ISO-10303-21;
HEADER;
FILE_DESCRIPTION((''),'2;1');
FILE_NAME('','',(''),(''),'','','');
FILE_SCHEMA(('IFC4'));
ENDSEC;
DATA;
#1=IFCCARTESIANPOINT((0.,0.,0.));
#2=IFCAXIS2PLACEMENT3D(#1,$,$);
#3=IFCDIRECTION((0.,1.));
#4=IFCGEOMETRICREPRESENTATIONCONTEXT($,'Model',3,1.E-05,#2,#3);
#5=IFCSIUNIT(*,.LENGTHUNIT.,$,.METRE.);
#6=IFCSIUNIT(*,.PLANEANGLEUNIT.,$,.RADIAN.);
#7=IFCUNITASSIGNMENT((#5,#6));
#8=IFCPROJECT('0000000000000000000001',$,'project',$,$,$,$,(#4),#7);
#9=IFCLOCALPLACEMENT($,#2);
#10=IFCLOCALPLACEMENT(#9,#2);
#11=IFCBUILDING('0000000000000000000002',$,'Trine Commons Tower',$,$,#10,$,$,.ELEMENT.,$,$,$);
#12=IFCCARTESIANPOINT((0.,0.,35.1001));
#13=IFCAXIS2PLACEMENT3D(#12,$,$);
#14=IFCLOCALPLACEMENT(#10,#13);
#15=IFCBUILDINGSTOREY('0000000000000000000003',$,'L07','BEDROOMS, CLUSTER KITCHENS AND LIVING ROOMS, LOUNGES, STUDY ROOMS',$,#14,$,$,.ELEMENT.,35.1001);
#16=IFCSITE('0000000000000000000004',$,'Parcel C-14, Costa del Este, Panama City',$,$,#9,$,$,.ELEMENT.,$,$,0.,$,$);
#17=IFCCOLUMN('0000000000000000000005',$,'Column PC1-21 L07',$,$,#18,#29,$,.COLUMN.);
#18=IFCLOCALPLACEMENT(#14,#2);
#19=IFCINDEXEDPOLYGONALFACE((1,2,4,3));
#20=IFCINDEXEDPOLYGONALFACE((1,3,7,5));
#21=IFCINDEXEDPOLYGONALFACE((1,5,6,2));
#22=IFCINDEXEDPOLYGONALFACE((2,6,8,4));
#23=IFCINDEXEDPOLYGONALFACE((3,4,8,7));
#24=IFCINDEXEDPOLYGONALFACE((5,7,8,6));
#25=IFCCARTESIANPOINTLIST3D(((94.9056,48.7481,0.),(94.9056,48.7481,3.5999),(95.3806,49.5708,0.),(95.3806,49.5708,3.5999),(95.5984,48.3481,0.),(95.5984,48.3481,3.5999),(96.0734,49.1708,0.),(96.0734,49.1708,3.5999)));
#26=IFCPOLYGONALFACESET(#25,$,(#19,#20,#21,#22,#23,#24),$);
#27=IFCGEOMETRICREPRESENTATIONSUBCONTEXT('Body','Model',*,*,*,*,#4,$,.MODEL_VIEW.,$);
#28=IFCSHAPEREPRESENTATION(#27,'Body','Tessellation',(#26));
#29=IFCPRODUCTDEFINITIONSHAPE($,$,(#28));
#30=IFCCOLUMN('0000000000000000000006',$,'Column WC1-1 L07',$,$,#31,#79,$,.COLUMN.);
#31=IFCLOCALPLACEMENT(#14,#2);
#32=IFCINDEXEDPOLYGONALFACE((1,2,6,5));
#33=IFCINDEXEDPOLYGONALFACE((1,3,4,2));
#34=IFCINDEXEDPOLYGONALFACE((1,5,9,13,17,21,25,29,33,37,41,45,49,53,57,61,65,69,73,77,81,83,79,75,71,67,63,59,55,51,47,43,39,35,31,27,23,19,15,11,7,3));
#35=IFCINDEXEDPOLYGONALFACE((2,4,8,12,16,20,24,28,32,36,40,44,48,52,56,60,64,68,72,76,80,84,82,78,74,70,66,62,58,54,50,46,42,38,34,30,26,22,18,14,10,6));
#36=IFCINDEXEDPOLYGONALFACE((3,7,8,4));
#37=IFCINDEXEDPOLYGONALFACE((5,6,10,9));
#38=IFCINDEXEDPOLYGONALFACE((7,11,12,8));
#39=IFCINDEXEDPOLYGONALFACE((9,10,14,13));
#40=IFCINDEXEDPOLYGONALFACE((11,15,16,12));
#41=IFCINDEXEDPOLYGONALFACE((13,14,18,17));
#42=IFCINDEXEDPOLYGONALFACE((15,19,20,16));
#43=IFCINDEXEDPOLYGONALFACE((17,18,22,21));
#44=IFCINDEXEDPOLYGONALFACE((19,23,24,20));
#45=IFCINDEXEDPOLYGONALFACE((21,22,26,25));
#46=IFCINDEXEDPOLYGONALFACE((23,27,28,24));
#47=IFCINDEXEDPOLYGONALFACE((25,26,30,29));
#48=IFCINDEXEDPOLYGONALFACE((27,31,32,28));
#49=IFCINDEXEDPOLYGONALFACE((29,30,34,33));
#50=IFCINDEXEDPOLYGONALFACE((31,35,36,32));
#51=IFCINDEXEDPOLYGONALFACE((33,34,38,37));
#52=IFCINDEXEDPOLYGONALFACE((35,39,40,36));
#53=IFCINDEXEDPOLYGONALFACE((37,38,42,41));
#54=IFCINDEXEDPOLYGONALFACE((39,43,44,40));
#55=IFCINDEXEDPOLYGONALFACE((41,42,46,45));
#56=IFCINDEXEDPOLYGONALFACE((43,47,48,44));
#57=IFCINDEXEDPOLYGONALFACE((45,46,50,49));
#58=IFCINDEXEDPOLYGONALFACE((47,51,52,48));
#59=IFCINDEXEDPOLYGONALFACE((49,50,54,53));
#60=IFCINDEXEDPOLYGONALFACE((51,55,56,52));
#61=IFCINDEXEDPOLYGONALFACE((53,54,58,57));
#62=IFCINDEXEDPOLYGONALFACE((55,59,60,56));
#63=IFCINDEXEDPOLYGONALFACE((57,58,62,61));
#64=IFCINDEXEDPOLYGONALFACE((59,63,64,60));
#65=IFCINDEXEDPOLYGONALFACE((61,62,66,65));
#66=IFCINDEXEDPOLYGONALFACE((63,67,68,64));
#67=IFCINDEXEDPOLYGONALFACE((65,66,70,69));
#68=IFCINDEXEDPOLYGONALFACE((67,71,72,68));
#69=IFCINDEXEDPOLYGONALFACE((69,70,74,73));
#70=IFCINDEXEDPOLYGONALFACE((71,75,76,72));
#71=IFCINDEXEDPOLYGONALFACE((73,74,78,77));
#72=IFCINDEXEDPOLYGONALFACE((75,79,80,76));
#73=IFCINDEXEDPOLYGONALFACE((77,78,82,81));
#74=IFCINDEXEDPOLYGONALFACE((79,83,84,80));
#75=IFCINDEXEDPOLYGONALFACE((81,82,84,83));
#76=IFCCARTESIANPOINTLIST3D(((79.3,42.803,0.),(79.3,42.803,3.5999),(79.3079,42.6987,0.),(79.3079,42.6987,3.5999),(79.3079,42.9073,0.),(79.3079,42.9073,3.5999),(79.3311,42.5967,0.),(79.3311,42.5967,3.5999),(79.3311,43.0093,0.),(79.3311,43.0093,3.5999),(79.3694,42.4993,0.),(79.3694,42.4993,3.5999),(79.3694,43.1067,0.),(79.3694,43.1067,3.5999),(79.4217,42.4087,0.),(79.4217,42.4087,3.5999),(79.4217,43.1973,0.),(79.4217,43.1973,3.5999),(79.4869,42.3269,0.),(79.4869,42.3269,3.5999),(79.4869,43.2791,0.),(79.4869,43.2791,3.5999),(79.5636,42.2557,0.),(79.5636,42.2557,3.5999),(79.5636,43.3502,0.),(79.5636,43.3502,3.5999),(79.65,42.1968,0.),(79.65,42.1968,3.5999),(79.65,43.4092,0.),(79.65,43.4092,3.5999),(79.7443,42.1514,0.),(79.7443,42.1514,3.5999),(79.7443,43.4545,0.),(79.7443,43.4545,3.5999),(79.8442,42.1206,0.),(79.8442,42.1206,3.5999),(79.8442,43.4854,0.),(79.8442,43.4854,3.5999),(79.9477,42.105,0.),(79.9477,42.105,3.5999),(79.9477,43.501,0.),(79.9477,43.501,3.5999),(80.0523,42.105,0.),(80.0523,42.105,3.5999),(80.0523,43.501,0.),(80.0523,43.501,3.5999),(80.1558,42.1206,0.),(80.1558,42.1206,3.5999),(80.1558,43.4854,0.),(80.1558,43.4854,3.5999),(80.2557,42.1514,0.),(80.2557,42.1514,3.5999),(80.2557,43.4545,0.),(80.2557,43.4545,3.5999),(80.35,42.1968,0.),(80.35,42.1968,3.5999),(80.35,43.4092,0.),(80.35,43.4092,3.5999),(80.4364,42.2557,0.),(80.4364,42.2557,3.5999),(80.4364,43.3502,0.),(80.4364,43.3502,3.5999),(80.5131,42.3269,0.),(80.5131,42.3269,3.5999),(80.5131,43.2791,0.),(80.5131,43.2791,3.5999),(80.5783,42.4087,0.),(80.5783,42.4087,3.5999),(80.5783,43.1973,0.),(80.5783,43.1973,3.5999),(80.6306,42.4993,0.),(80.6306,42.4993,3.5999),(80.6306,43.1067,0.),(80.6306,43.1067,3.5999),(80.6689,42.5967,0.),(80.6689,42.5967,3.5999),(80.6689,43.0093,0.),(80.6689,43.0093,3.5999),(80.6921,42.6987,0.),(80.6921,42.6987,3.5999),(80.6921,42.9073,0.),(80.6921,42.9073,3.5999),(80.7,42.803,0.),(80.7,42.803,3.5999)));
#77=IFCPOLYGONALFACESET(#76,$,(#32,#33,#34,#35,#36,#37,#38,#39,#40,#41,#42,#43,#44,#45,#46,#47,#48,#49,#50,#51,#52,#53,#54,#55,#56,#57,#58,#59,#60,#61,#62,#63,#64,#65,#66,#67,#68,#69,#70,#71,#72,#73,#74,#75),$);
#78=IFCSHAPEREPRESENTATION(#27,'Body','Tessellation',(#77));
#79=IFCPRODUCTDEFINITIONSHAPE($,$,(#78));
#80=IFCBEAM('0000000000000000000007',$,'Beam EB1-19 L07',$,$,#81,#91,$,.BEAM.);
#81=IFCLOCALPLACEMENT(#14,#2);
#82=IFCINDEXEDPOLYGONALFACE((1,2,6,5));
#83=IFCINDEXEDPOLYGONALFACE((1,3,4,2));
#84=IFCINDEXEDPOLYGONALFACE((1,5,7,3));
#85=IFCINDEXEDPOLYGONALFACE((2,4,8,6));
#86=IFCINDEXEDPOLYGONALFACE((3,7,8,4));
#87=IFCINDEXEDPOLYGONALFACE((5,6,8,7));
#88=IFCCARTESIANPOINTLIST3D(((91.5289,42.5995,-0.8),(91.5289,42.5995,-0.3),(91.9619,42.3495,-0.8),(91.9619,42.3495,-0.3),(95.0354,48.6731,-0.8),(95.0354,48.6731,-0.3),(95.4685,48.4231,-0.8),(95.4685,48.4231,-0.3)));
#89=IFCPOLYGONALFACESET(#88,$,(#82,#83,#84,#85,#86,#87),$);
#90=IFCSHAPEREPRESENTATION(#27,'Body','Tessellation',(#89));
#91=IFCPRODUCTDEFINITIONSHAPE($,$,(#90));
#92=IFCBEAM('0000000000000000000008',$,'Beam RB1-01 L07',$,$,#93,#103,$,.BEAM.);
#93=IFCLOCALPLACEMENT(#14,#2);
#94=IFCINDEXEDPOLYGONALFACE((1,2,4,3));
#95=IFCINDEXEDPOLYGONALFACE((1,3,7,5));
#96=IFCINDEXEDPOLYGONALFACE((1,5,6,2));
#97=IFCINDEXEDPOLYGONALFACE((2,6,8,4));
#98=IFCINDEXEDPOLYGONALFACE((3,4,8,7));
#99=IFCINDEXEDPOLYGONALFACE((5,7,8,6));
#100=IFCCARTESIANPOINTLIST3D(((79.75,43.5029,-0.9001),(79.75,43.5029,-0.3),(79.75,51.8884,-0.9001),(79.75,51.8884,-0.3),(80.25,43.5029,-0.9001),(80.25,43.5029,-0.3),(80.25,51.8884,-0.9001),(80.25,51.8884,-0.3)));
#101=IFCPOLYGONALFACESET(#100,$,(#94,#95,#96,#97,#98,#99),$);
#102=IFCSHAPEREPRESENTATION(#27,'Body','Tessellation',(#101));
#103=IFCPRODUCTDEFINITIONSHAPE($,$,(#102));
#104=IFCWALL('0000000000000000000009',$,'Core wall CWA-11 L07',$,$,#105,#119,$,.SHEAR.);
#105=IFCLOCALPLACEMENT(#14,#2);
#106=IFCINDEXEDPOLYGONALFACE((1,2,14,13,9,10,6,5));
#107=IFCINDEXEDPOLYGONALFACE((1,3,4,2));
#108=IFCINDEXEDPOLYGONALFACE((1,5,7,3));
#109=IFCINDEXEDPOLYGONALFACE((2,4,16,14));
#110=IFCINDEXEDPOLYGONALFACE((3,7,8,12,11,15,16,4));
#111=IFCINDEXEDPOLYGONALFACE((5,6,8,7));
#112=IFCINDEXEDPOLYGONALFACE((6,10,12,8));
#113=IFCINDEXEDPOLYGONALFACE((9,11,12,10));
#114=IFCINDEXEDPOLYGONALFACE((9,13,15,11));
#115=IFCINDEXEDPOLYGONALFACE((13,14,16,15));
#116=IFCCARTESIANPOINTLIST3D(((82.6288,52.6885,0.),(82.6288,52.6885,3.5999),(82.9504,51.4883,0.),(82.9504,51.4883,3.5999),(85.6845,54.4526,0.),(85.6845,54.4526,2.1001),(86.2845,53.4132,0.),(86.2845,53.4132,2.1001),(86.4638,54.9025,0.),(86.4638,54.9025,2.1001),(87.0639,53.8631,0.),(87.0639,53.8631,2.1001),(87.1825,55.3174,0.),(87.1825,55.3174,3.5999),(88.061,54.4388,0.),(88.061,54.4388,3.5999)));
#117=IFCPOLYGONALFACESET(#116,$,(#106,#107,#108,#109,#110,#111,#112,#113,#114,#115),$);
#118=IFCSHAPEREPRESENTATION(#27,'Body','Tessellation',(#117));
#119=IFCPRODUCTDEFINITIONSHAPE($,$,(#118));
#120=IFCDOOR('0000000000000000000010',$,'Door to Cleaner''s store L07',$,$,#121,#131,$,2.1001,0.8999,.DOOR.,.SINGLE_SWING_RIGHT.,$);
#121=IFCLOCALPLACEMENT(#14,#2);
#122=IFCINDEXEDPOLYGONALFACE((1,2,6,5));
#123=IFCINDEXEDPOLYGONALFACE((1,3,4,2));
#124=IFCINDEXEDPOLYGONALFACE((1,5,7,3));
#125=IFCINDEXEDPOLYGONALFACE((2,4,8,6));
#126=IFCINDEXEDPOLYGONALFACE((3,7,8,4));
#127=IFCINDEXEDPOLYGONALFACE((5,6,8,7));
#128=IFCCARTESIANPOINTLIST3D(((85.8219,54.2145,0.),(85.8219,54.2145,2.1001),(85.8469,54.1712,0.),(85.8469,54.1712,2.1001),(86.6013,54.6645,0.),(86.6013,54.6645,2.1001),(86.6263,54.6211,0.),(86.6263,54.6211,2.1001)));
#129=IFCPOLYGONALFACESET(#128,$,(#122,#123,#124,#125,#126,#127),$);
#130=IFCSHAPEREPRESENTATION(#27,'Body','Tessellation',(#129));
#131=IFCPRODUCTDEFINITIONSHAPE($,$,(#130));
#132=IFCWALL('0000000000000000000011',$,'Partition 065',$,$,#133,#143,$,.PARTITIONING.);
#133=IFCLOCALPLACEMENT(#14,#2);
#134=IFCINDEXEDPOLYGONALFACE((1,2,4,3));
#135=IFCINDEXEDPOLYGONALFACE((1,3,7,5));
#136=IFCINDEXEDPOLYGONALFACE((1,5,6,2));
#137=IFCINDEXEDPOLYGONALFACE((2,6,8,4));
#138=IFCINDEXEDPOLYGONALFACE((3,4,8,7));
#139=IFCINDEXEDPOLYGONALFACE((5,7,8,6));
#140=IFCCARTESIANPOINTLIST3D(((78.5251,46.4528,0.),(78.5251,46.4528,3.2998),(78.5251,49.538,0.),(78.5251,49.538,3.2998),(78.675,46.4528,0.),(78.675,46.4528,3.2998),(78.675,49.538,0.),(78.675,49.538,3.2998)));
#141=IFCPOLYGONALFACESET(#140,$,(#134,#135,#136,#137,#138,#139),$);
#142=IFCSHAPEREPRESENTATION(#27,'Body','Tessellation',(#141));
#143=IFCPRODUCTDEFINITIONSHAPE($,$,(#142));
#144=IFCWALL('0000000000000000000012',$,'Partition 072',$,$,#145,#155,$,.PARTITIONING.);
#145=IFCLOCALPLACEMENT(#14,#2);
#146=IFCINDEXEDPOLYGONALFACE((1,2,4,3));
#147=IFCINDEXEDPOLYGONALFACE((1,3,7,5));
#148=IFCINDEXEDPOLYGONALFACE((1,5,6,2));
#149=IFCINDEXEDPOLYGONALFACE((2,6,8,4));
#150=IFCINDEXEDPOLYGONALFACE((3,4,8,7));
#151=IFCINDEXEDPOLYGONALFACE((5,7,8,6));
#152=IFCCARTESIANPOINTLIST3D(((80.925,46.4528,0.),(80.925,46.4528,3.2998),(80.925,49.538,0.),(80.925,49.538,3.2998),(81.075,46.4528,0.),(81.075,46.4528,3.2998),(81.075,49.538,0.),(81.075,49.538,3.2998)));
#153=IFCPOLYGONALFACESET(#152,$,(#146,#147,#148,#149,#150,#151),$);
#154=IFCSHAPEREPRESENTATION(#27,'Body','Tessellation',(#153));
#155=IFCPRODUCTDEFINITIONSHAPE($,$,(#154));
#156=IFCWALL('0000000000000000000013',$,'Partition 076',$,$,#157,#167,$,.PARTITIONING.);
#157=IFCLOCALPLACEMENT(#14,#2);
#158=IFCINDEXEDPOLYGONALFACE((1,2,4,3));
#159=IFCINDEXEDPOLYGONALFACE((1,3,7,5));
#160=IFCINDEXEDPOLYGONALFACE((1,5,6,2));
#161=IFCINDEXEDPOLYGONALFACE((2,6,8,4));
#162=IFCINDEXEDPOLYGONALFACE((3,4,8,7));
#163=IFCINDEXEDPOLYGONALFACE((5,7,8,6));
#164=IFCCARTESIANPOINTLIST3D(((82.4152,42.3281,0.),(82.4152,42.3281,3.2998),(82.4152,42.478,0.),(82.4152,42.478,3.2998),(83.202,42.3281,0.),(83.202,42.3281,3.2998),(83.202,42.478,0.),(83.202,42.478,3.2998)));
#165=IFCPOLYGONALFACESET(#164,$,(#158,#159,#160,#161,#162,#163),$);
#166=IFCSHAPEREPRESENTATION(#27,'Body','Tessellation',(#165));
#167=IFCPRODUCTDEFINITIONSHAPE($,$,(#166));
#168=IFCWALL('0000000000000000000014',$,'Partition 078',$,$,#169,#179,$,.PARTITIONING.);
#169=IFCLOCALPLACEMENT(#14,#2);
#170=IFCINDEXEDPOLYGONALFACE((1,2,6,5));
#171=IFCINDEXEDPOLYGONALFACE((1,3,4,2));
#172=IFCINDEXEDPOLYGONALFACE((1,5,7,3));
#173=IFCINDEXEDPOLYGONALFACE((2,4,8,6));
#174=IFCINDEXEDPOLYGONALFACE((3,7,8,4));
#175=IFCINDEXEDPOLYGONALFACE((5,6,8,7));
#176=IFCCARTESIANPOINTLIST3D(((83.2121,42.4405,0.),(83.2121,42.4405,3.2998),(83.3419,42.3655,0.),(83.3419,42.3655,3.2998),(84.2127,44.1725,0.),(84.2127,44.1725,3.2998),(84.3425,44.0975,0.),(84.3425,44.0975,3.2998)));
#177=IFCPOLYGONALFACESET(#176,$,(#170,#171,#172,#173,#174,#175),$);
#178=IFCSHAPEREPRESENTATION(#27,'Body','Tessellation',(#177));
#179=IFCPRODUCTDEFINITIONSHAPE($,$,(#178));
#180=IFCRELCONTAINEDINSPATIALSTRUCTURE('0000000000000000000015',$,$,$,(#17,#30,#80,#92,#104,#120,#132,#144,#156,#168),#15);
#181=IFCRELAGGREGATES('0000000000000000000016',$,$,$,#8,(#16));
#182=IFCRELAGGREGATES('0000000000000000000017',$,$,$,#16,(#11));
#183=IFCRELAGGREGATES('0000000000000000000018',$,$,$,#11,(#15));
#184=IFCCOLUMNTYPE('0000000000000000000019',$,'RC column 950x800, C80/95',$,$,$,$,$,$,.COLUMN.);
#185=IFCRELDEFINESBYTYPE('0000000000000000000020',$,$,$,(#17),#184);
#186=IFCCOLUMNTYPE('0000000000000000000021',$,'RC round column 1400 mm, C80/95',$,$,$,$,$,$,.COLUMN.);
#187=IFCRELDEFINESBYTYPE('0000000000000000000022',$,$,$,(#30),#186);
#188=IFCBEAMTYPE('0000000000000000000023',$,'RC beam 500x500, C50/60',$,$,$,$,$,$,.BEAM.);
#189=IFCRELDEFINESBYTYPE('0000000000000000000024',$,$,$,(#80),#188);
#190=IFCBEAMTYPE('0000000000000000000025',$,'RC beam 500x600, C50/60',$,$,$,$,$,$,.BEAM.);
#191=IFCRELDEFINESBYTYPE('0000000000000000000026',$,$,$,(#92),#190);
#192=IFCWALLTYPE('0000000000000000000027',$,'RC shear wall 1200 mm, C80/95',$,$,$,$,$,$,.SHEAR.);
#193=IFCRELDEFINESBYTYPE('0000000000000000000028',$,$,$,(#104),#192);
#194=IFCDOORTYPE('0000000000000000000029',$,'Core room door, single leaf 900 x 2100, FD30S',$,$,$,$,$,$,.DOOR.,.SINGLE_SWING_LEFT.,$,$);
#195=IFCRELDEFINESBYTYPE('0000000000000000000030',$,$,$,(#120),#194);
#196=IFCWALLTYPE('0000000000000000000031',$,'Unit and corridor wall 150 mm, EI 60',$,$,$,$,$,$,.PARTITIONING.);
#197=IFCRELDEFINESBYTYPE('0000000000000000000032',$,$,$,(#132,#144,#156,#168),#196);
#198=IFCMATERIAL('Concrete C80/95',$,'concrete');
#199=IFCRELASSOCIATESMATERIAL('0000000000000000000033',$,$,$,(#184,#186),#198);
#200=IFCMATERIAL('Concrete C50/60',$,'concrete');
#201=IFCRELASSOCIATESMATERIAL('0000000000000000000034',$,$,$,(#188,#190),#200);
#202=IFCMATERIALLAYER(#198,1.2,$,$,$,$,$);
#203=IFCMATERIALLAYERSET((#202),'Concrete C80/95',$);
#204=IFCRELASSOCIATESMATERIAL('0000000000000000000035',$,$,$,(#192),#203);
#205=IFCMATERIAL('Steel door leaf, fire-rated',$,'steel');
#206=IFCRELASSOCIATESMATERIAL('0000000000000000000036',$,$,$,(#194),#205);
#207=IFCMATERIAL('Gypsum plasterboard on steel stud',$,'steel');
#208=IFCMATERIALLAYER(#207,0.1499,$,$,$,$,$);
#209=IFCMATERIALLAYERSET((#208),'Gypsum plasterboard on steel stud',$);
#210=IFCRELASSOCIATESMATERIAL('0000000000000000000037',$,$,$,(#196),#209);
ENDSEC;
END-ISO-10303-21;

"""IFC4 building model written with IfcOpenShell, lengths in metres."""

from ifc_helpers import new_model, si_unit, direction, frame, frame_2d, origin, origin_2d, place, context, subcontext, project, spatial, polyline, rectangle, circle, outline, extrude, material, layer, layer_set, material_profile, profile_set, type_object, element, fill, save


model = new_model("IFC4")

# Units and contexts
model_context = context("Model", 3, precision=1e-05, world=origin(), true_north=direction((0.0, 1.0)))
body_context = subcontext(model_context, "Body", "Model", "MODEL_VIEW")
ifc_project = project(units=[si_unit("LENGTHUNIT", "METRE"), si_unit("PLANEANGLEUNIT", "RADIAN")], contexts=[model_context])

# Site, building, storey
site_placement = place(None, origin())
site = spatial("IfcSite", under=ifc_project, at=site_placement, Name="Parcel C-14, Costa del Este, Panama City", CompositionType="ELEMENT", RefElevation=0.0)
building_placement = place(site_placement, origin())
building = spatial("IfcBuilding", under=site, at=building_placement, Name="Trine Commons Tower", CompositionType="ELEMENT")
storey_placement = place(building_placement, frame((0.0, 0.0, 35.1001)))
storey = spatial("IfcBuildingStorey", under=building, at=storey_placement, Name="L07", Description="BEDROOMS, CLUSTER KITCHENS AND LIVING ROOMS, LOUNGES, STUDY ROOMS", CompositionType="ELEMENT", Elevation=35.1001)

# Columns
ifc_material_1 = material(Name="Concrete C80/95", Category="concrete")
ifc_material_profile_1 = material_profile(ifc_material_1, rectangle(XDim=0.95, YDim=0.8, at=origin_2d()), Name="RC 950x800")
ifc_profile_set_1 = profile_set([ifc_material_profile_1], Name="Concrete C80/95")
column_type_1 = type_object("IfcColumnType", Name="RC column 950x800, C80/95", PredefinedType="COLUMN", material=ifc_profile_set_1)
column_1_placement = place(storey_placement, frame((95.4895, 48.9595, 0.0), z_axis=(0.0, 0.0, 1.0), x_axis=(0.5, 0.866025, 0.0)))
element("IfcColumn", 1, at=column_1_placement, inside=storey, type_object=column_type_1, Name="Column PC1-21 L07", PredefinedType="COLUMN", context=body_context, shape_type="SweptSolid", body=[
    extrude(rectangle(XDim=0.95, YDim=0.8, at=origin_2d()), origin(), (0.0, 0.0, 1.0), 3.5999),
])
ifc_material_profile_2 = material_profile(ifc_material_1, circle(Radius=0.7, at=origin_2d()), Name="RC round 1400")
ifc_profile_set_2 = profile_set([ifc_material_profile_2], Name="Concrete C80/95")
column_type_2 = type_object("IfcColumnType", Name="RC round column 1400 mm, C80/95", PredefinedType="COLUMN", material=ifc_profile_set_2)
column_2_placement = place(storey_placement, frame((80.0, 42.803, 0.0), z_axis=(0.0, 0.0, 1.0), x_axis=(1.0, 0.0, 0.0)))
element("IfcColumn", 2, at=column_2_placement, inside=storey, type_object=column_type_2, Name="Column WC1-1 L07", PredefinedType="COLUMN", context=body_context, shape_type="SweptSolid", body=[
    extrude(circle(Radius=0.7, at=origin_2d()), origin(), (0.0, 0.0, 1.0), 3.5999),
])

# Beams
ifc_material_2 = material(Name="Concrete C50/60", Category="concrete")
ifc_material_profile_3 = material_profile(ifc_material_2, rectangle(XDim=0.5, YDim=0.5, at=origin_2d()), Name="RC 500x500")
ifc_profile_set_3 = profile_set([ifc_material_profile_3], Name="Concrete C50/60")
beam_type_1 = type_object("IfcBeamType", Name="RC beam 500x500, C50/60", PredefinedType="BEAM", material=ifc_profile_set_3)
beam_1_placement = place(storey_placement, frame((95.252, 48.5481, -0.55), z_axis=(-0.499992, -0.86603, 0.0), x_axis=(0.86603, -0.499992, 0.0)))
element("IfcBeam", 3, at=beam_1_placement, inside=storey, type_object=beam_type_1, Name="Beam EB1-19 L07", PredefinedType="BEAM", context=body_context, shape_type="SweptSolid", body=[
    extrude(rectangle(XDim=0.5, YDim=0.5, at=origin_2d()), origin(), (0.0, 0.0, 1.0), 7.0132),
])
ifc_material_profile_4 = material_profile(ifc_material_2, rectangle(XDim=0.5, YDim=0.6001, at=origin_2d()), Name="RC 500x600")
ifc_profile_set_4 = profile_set([ifc_material_profile_4], Name="Concrete C50/60")
beam_type_2 = type_object("IfcBeamType", Name="RC beam 500x600, C50/60", PredefinedType="BEAM", material=ifc_profile_set_4)
beam_2_placement = place(storey_placement, frame((80.0, 51.8884, -0.6001), z_axis=(0.0, -1.0, 0.0), x_axis=(1.0, 0.0, 0.0)))
element("IfcBeam", 4, at=beam_2_placement, inside=storey, type_object=beam_type_2, Name="Beam RB1-01 L07", PredefinedType="BEAM", context=body_context, shape_type="SweptSolid", body=[
    extrude(rectangle(XDim=0.5, YDim=0.6001, at=origin_2d()), origin(), (0.0, 0.0, 1.0), 8.3855),
])

# Wall, opening, door
ifc_layer_1 = layer(ifc_material_1, 1.2)
ifc_layer_set_1 = layer_set([ifc_layer_1], Name="Concrete C80/95")
wall_type_1 = type_object("IfcWallType", Name="RC shear wall 1200 mm, C80/95", PredefinedType="SHEAR", material=ifc_layer_set_1)
wall_1_placement = place(storey_placement, frame((82.6504, 52.0081, 0.0), z_axis=(0.0, 0.0, 1.0), x_axis=(0.866037, 0.499979, 0.0)))
wall_1 = element("IfcWall", 5, at=wall_1_placement, inside=storey, type_object=wall_type_1, Name="Core wall CWA-11 L07", PredefinedType="SHEAR", context=body_context, shape_type="SweptSolid", body=[
    extrude(outline(polyline([(0.0, -0.6001), (5.9011, -0.6001), (5.5796, 0.6001), (0.3215, 0.6001), (0.0, -0.6001)])), origin(), (0.0, 0.0, 1.0), 3.5999),
])
opening_1_placement = place(wall_1_placement, frame((3.8499, 0.0, 0.0)))
opening_1 = element("IfcOpeningElement", 6, at=opening_1_placement, cuts=wall_1, PredefinedType="OPENING", context=body_context, shape_type="SweptSolid", body=[
    extrude(rectangle(XDim=0.8999, YDim=2.1001, at=frame_2d((0.45, 1.05))), frame((0.0, 0.6099, 0.0), z_axis=(0.0, -1.0, 0.0), x_axis=(1.0, 0.0, 0.0)), (0.0, 0.0, 1.0), 1.22),
])
ifc_material_3 = material(Name="Steel door leaf, fire-rated", Category="steel")
door_type_1 = type_object("IfcDoorType", Name="Core room door, single leaf 900 x 2100, FD30S", OperationType="SINGLE_SWING_LEFT", PredefinedType="DOOR", material=ifc_material_3)
door_1_placement = place(opening_1_placement, origin())
door_1 = element("IfcDoor", 7, at=door_1_placement, inside=storey, type_object=door_type_1, Name="Door to Cleaner's store L07", OperationType="SINGLE_SWING_RIGHT", OverallHeight=2.1001, OverallWidth=0.8999, PredefinedType="DOOR", context=body_context, shape_type="SweptSolid", body=[
    extrude(rectangle(XDim=0.8999, YDim=2.1001, at=frame_2d((0.45, 1.05))), frame((0.0, 0.3252, 0.0), z_axis=(0.0, -1.0, 0.0), x_axis=(1.0, 0.0, 0.0)), (0.0, 0.0, 1.0), 0.05),
])
fill(opening_1, door_1)

# Walls
ifc_material_4 = material(Name="Gypsum plasterboard on steel stud", Category="steel")
ifc_layer_2 = layer(ifc_material_4, 0.1499)
ifc_layer_set_2 = layer_set([ifc_layer_2], Name="Gypsum plasterboard on steel stud")
wall_type_2 = type_object("IfcWallType", Name="Unit and corridor wall 150 mm, EI 60", PredefinedType="PARTITIONING", material=ifc_layer_set_2)
for number, where, z_axis, x_axis, name in (
    (8, (78.6001, 46.4529, 0.0), (0.0, 0.0, 1.0), (0.0, 1.0, 0.0), "Partition 065"),
    (9, (81.0, 46.4529, 0.0), (0.0, 0.0, 1.0), (0.0, 1.0, 0.0), "Partition 072"),
):
    element("IfcWall", number, at=place(storey_placement, frame(where, z_axis=z_axis, x_axis=x_axis)), inside=storey, type_object=wall_type_2, Name=name, PredefinedType="PARTITIONING", context=body_context, shape_type="SweptSolid", body=[
        extrude(rectangle(XDim=3.0852, YDim=0.1499, at=frame_2d((1.5425, 0.0))), origin(), (0.0, 0.0, 1.0), 3.2998),
    ])
wall_2_placement = place(storey_placement, frame((82.415, 42.4031, 0.0), z_axis=(0.0, 0.0, 1.0), x_axis=(1.0, 0.0, 0.0)))
element("IfcWall", 10, at=wall_2_placement, inside=storey, type_object=wall_type_2, Name="Partition 076", PredefinedType="PARTITIONING", context=body_context, shape_type="SweptSolid", body=[
    extrude(rectangle(XDim=0.7869, YDim=0.1499, at=frame_2d((0.3936, 0.0))), origin(), (0.0, 0.0, 1.0), 3.2998),
])
wall_3_placement = place(storey_placement, frame((83.2771, 42.4031, 0.0), z_axis=(0.0, 0.0, 1.0), x_axis=(0.500208, 0.865905, 0.0)))
element("IfcWall", 11, at=wall_3_placement, inside=storey, type_object=wall_type_2, Name="Partition 078", PredefinedType="PARTITIONING", context=body_context, shape_type="SweptSolid", body=[
    extrude(rectangle(XDim=2.0002, YDim=0.1499, at=frame_2d((1.0, 0.0))), origin(), (0.0, 0.0, 1.0), 3.2998),
])

save(model, "model.ifc")
